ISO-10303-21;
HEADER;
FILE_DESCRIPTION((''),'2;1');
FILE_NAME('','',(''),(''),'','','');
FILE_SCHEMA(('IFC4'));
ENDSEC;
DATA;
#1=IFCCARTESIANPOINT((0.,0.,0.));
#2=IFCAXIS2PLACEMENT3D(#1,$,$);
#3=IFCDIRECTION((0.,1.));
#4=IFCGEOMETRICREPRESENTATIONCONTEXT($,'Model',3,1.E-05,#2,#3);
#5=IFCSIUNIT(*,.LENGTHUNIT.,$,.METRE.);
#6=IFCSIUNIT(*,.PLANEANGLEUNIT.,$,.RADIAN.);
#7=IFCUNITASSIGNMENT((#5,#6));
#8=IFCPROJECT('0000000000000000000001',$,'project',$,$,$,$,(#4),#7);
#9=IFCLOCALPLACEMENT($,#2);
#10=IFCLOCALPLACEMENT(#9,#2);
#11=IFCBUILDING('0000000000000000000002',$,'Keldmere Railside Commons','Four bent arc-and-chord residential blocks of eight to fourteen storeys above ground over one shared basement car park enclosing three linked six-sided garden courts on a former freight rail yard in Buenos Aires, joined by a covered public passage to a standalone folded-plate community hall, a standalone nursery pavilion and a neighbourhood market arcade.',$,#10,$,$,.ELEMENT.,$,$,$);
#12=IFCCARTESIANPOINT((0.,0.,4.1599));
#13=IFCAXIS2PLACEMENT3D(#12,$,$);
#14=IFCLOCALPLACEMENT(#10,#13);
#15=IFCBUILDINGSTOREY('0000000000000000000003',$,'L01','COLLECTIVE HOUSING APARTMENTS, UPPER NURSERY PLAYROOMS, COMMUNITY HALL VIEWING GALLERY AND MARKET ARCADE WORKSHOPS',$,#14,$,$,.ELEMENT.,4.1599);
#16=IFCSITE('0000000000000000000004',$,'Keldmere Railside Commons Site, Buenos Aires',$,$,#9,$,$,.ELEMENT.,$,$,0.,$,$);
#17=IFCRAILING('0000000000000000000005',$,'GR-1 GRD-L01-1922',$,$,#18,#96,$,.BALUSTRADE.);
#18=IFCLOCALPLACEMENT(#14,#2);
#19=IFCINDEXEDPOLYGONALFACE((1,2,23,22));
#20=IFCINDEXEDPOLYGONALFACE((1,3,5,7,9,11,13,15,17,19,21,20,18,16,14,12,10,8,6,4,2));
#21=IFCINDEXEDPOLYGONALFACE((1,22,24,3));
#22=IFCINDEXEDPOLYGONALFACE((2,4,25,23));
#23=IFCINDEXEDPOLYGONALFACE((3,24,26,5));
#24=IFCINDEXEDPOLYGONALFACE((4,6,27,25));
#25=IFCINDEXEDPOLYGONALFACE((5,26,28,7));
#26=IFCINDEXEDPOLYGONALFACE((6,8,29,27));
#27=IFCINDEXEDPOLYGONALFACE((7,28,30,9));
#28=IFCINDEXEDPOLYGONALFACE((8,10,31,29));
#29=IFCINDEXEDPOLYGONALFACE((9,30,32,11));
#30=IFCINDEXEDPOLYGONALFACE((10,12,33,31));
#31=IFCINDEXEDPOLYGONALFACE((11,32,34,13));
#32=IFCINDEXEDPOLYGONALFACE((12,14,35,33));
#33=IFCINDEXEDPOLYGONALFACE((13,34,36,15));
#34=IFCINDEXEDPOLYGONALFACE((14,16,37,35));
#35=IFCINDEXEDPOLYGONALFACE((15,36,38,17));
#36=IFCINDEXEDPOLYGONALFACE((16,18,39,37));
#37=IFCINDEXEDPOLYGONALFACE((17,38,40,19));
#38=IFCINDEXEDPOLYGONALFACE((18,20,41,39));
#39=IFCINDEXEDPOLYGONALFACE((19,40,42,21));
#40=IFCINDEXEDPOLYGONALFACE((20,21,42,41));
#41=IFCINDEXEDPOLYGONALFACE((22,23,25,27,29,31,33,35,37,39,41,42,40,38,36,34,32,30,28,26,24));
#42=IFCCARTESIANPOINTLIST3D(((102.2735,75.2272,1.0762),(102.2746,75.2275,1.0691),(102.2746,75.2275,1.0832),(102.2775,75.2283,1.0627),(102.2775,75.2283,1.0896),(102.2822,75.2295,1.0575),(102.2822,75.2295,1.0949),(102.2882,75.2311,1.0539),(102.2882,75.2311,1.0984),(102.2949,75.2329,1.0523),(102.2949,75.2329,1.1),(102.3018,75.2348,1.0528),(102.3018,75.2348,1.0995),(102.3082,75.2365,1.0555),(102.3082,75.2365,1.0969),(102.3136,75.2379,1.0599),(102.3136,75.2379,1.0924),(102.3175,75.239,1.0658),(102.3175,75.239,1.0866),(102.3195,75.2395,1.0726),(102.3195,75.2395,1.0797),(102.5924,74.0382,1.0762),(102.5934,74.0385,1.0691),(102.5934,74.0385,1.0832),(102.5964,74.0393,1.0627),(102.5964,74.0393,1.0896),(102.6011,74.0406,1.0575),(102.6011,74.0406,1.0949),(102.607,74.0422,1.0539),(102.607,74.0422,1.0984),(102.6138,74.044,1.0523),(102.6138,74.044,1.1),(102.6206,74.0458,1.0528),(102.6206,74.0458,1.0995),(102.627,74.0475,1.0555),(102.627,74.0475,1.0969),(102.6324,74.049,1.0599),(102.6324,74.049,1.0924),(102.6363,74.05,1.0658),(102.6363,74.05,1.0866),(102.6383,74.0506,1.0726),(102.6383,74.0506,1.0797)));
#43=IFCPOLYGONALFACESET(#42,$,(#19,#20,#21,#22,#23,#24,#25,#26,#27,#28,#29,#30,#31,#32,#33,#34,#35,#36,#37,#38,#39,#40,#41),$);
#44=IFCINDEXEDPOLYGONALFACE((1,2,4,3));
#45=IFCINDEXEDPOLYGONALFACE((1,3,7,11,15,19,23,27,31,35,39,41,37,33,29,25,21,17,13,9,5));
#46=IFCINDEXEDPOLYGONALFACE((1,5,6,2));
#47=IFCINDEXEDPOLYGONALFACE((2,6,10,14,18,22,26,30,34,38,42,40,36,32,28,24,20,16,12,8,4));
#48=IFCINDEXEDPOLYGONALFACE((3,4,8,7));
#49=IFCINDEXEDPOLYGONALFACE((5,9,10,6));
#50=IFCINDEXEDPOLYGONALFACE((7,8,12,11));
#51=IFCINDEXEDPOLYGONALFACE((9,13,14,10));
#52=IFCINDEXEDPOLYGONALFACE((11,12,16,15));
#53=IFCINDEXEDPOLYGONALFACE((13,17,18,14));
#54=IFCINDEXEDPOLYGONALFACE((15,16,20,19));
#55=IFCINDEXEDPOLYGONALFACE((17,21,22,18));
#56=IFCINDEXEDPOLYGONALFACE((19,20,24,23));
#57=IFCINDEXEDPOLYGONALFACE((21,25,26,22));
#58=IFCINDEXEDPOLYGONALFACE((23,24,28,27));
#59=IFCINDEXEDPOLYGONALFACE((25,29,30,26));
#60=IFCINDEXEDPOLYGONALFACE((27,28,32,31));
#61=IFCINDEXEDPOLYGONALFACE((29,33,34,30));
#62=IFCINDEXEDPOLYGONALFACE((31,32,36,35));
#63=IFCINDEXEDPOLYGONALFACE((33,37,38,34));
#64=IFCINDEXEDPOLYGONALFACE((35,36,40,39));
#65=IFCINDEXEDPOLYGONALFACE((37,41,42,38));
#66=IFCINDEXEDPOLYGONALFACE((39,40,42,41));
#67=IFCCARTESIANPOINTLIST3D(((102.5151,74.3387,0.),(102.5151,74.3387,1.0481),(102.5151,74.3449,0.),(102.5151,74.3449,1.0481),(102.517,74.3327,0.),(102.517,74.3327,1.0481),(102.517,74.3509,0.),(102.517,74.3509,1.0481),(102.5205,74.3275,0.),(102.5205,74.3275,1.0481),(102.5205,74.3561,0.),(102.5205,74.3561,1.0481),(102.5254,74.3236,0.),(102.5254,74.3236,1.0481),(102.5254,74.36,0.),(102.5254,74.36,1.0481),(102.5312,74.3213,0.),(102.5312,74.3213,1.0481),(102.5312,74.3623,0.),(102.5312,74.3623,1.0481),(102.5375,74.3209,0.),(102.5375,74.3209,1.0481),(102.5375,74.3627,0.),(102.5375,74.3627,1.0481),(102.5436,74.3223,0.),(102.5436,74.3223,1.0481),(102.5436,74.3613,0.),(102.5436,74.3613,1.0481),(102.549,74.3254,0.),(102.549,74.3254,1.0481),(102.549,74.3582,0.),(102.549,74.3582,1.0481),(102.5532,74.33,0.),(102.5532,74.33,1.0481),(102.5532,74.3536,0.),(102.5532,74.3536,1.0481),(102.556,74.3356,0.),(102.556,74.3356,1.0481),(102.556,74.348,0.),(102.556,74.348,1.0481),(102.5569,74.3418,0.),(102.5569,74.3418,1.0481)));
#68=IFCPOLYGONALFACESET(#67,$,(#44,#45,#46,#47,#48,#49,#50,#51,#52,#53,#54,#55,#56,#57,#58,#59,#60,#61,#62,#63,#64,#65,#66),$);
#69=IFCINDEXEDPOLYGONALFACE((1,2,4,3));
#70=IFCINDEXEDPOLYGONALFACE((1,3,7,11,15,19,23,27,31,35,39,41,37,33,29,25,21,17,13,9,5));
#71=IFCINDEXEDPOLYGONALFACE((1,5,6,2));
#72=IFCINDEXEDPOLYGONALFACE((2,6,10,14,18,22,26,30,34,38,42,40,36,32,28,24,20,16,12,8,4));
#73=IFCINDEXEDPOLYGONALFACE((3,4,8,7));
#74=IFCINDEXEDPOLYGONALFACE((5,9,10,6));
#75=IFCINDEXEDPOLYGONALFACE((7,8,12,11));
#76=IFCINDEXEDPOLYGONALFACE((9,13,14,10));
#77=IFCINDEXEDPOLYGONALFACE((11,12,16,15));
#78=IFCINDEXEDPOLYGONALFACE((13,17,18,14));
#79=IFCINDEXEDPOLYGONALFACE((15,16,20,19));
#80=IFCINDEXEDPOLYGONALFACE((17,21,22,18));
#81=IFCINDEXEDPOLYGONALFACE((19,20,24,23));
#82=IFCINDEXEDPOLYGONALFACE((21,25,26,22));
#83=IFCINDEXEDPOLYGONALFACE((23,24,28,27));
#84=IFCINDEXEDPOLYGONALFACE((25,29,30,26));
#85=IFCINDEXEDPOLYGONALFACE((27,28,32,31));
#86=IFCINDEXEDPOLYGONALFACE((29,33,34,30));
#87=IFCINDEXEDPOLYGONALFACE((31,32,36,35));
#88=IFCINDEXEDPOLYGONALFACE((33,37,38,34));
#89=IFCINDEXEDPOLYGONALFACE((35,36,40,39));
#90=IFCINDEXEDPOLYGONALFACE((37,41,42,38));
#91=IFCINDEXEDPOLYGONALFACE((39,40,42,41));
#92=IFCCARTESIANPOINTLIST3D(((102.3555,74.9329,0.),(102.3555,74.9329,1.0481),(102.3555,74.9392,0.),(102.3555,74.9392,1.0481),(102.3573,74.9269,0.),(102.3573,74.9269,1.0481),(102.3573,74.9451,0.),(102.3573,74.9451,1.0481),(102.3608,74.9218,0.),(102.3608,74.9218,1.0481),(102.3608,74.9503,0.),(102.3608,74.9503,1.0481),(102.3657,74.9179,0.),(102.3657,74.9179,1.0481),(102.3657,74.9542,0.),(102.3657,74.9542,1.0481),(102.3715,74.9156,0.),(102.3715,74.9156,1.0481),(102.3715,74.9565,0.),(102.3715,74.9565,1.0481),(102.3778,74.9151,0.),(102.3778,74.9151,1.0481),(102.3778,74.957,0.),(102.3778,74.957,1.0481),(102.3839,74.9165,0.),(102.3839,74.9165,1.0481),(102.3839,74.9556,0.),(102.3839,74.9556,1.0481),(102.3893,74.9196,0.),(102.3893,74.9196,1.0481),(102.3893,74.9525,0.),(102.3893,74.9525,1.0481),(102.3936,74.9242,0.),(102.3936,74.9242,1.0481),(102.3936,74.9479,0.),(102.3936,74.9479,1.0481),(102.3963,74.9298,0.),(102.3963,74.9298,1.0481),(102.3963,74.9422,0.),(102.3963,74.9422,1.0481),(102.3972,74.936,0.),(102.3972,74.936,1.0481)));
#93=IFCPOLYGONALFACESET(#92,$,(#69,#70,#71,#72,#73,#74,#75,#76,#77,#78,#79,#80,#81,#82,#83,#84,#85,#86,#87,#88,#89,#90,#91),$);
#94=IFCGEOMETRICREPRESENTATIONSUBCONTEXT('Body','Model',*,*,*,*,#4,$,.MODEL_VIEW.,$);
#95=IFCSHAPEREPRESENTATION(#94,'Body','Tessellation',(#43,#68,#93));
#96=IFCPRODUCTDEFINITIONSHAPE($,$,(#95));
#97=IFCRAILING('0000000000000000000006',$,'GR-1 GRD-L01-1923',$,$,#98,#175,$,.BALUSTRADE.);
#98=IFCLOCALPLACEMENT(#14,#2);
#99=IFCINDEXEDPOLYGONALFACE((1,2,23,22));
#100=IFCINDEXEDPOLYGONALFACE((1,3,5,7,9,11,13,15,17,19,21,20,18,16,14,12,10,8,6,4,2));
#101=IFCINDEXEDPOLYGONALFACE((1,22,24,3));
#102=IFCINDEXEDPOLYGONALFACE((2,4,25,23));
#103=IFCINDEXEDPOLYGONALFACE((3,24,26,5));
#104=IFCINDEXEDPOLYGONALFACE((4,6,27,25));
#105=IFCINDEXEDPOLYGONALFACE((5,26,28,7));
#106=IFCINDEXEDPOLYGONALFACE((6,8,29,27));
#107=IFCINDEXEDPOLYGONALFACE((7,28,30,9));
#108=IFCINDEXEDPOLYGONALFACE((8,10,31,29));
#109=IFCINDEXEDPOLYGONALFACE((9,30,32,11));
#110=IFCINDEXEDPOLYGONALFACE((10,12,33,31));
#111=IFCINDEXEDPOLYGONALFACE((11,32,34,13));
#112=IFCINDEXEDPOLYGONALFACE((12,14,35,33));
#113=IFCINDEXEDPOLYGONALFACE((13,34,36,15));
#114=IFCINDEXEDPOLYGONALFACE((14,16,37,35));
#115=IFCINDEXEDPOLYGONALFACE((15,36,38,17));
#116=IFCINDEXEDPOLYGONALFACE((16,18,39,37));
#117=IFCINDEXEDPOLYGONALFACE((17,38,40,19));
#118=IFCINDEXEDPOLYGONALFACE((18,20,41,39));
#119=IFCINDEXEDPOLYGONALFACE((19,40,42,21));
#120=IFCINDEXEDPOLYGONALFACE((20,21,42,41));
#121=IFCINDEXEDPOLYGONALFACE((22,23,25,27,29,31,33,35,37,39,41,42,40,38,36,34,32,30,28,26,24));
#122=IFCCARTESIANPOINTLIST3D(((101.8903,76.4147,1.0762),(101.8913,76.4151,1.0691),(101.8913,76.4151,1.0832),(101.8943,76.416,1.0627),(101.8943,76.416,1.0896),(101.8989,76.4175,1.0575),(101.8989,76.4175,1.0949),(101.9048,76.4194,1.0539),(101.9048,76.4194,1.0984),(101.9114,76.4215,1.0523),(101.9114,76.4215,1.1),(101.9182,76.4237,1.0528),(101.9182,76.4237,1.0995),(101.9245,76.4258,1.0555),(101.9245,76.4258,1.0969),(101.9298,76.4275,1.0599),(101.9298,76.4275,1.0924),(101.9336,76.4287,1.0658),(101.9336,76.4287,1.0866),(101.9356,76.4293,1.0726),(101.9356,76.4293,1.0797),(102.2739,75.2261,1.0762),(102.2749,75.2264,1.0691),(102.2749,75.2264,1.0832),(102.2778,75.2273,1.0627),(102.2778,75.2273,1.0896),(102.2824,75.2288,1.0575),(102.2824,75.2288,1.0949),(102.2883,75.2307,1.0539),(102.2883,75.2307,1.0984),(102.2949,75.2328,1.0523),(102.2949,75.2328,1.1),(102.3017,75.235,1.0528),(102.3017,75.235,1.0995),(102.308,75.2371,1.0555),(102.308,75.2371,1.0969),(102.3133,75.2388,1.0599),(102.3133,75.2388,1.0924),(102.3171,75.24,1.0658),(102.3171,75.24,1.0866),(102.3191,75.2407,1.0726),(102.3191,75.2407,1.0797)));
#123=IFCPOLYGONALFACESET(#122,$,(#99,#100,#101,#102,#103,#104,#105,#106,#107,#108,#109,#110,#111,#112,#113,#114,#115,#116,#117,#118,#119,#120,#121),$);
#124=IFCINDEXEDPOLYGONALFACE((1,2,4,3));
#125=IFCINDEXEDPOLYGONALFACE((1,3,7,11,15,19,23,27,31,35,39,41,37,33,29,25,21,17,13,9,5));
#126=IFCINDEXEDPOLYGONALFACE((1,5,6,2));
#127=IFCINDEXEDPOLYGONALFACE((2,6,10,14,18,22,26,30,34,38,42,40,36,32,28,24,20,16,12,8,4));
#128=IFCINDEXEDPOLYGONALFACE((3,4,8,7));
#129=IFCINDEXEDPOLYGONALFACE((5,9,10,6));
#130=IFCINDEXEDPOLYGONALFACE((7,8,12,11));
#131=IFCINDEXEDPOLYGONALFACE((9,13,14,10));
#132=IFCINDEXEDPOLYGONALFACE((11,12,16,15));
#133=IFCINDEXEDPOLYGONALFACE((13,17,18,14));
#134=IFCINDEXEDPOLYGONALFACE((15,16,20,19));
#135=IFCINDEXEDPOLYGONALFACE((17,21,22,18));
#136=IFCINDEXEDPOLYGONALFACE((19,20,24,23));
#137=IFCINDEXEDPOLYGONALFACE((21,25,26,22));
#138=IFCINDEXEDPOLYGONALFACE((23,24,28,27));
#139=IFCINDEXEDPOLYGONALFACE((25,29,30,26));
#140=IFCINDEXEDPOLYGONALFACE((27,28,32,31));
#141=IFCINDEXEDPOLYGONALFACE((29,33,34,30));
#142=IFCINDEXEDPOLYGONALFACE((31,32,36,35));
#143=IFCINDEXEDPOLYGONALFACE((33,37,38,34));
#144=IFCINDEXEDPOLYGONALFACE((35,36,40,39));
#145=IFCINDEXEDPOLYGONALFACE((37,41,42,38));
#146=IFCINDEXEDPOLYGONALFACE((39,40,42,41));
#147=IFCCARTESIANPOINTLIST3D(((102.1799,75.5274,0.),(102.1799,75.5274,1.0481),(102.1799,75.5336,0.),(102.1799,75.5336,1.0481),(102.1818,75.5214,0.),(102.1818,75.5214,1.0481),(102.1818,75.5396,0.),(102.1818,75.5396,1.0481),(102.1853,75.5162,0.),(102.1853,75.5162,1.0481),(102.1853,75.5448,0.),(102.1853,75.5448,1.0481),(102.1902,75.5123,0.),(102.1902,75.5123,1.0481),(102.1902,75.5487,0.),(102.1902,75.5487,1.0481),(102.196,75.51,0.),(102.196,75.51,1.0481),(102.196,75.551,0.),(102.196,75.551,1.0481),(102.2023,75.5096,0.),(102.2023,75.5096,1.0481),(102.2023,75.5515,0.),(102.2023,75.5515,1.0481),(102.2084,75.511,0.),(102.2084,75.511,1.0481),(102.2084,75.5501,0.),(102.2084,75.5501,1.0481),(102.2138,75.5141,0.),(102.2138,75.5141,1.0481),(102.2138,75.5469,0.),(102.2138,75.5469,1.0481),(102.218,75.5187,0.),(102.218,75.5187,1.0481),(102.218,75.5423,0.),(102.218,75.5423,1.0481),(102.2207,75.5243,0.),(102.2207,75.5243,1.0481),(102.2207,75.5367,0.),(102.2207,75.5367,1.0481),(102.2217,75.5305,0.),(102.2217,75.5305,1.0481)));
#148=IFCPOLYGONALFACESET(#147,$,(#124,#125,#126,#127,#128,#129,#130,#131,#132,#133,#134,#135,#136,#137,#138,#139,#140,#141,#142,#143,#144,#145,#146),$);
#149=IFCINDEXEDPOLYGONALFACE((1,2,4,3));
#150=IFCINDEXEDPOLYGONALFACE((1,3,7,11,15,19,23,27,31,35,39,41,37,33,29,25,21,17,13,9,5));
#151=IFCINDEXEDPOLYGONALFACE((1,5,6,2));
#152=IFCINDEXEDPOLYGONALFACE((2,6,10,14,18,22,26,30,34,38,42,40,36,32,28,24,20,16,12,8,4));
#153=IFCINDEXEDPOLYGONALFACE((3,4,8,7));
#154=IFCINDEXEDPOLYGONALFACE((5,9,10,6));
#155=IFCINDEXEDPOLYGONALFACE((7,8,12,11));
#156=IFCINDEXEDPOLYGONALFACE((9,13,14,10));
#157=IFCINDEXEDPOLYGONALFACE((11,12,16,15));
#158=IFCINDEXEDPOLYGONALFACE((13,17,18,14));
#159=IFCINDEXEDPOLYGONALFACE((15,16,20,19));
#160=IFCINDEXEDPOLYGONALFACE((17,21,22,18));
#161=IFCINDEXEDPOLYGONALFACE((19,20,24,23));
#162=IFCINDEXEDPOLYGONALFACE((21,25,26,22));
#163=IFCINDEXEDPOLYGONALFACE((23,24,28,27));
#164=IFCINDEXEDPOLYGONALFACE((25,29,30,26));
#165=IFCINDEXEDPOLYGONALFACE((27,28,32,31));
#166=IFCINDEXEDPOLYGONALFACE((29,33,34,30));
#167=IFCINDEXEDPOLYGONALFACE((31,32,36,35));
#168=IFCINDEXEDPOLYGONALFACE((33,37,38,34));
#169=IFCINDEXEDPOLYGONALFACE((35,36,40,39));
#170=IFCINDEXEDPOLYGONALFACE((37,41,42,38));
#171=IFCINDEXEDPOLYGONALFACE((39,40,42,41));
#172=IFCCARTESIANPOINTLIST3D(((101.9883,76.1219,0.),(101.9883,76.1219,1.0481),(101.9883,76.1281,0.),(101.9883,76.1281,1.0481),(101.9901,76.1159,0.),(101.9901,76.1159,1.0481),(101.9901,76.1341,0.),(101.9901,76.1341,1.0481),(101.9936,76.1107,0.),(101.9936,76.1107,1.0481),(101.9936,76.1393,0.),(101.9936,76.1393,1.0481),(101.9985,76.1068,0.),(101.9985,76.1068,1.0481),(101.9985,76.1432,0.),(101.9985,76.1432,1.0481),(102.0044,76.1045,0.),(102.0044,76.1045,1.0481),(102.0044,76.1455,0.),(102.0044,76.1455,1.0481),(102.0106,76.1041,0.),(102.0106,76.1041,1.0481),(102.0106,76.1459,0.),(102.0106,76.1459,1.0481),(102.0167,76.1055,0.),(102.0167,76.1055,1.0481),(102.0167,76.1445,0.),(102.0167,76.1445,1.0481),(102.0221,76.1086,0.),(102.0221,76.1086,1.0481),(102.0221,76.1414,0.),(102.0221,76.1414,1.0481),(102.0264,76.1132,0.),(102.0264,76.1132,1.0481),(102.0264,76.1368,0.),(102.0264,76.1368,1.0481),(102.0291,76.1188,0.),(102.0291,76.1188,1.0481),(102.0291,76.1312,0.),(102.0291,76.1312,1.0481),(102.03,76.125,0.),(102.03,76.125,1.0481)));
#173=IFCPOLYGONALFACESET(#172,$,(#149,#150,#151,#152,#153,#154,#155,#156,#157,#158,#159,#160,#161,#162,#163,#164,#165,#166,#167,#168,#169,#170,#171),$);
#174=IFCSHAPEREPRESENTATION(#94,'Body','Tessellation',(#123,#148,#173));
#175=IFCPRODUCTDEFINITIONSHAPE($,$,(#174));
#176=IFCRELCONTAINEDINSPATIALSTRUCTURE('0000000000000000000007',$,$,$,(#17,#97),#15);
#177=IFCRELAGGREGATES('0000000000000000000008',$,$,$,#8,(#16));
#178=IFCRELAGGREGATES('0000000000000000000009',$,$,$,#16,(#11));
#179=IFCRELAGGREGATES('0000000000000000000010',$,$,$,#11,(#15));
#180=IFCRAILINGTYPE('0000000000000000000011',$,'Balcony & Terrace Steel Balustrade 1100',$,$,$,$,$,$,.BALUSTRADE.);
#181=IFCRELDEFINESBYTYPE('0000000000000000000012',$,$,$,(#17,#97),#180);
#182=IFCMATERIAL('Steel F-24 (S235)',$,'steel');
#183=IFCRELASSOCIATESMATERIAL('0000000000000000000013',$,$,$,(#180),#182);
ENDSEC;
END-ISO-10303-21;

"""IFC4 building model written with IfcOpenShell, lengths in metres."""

from ifc_helpers import new_model, si_unit, direction, frame, origin, origin_2d, place, context, subcontext, project, spatial, circle, extrude, material, type_object, element, save


model = new_model("IFC4")

# Units and contexts
model_context = context("Model", 3, precision=1e-05, world=origin(), true_north=direction((0.0, 1.0)))
body_context = subcontext(model_context, "Body", "Model", "MODEL_VIEW")
ifc_project = project(units=[si_unit("LENGTHUNIT", "METRE"), si_unit("PLANEANGLEUNIT", "RADIAN")], contexts=[model_context])

# Site, building, storey
site_placement = place(None, origin())
site = spatial("IfcSite", under=ifc_project, at=site_placement, Name="Keldmere Railside Commons Site, Buenos Aires", CompositionType="ELEMENT", RefElevation=0.0)
building_placement = place(site_placement, origin())
building = spatial("IfcBuilding", under=site, at=building_placement, Name="Keldmere Railside Commons", Description="Four bent arc-and-chord residential blocks of eight to fourteen storeys above ground over one shared basement car park enclosing three linked six-sided garden courts on a former freight rail yard in Buenos Aires, joined by a covered public passage to a standalone folded-plate community hall, a standalone nursery pavilion and a neighbourhood market arcade.", CompositionType="ELEMENT")
storey_placement = place(building_placement, frame((0.0, 0.0, 4.1599)))
storey = spatial("IfcBuildingStorey", under=building, at=storey_placement, Name="L01", Description="COLLECTIVE HOUSING APARTMENTS, UPPER NURSERY PLAYROOMS, COMMUNITY HALL VIEWING GALLERY AND MARKET ARCADE WORKSHOPS", CompositionType="ELEMENT", Elevation=4.1599)

# Shared definitions
ifc_material_1 = material(Name="Steel F-24 (S235)", Category="steel")

# Railings
railing_type_1 = type_object("IfcRailingType", Name="Balcony & Terrace Steel Balustrade 1100", PredefinedType="BALUSTRADE", material=ifc_material_1)
railing_1_placement = place(storey_placement, frame((102.6155, 74.0444, 0.0)))
element("IfcRailing", 1, at=railing_1_placement, inside=storey, type_object=railing_type_1, Name="GR-1 GRD-L01-1922", PredefinedType="BALUSTRADE", context=body_context, shape_type="SweptSolid", body=[
    extrude(circle(Radius=0.0239, at=origin_2d()), frame((0.0, 0.0, 1.0762), z_axis=(-0.25902, 0.965872, 0.0), x_axis=(-0.965872, -0.25902, 0.0)), (0.0, 0.0, 1.0), 1.231),
    extrude(circle(Radius=0.021, at=origin_2d()), frame((-0.0796, 0.2974, 0.0)), (0.0, 0.0, 1.0), 1.0481),
    extrude(circle(Radius=0.021, at=origin_2d()), frame((-0.2393, 0.8916, 0.0)), (0.0, 0.0, 1.0), 1.0481),
])
railing_2_placement = place(storey_placement, frame((102.2966, 75.2334, 0.0)))
element("IfcRailing", 2, at=railing_2_placement, inside=storey, type_object=railing_type_1, Name="GR-1 GRD-L01-1923", PredefinedType="BALUSTRADE", context=body_context, shape_type="SweptSolid", body=[
    extrude(circle(Radius=0.0239, at=origin_2d()), frame((0.0, 0.0, 1.0762), z_axis=(-0.307066, 0.951688, 0.0), x_axis=(-0.951688, -0.307066, 0.0)), (0.0, 0.0, 1.0), 1.249),
    extrude(circle(Radius=0.021, at=origin_2d()), frame((-0.0959, 0.2971, 0.0)), (0.0, 0.0, 1.0), 1.0481),
    extrude(circle(Radius=0.021, at=origin_2d()), frame((-0.2876, 0.8916, 0.0)), (0.0, 0.0, 1.0), 1.0481),
])

save(model, "model.ifc")
